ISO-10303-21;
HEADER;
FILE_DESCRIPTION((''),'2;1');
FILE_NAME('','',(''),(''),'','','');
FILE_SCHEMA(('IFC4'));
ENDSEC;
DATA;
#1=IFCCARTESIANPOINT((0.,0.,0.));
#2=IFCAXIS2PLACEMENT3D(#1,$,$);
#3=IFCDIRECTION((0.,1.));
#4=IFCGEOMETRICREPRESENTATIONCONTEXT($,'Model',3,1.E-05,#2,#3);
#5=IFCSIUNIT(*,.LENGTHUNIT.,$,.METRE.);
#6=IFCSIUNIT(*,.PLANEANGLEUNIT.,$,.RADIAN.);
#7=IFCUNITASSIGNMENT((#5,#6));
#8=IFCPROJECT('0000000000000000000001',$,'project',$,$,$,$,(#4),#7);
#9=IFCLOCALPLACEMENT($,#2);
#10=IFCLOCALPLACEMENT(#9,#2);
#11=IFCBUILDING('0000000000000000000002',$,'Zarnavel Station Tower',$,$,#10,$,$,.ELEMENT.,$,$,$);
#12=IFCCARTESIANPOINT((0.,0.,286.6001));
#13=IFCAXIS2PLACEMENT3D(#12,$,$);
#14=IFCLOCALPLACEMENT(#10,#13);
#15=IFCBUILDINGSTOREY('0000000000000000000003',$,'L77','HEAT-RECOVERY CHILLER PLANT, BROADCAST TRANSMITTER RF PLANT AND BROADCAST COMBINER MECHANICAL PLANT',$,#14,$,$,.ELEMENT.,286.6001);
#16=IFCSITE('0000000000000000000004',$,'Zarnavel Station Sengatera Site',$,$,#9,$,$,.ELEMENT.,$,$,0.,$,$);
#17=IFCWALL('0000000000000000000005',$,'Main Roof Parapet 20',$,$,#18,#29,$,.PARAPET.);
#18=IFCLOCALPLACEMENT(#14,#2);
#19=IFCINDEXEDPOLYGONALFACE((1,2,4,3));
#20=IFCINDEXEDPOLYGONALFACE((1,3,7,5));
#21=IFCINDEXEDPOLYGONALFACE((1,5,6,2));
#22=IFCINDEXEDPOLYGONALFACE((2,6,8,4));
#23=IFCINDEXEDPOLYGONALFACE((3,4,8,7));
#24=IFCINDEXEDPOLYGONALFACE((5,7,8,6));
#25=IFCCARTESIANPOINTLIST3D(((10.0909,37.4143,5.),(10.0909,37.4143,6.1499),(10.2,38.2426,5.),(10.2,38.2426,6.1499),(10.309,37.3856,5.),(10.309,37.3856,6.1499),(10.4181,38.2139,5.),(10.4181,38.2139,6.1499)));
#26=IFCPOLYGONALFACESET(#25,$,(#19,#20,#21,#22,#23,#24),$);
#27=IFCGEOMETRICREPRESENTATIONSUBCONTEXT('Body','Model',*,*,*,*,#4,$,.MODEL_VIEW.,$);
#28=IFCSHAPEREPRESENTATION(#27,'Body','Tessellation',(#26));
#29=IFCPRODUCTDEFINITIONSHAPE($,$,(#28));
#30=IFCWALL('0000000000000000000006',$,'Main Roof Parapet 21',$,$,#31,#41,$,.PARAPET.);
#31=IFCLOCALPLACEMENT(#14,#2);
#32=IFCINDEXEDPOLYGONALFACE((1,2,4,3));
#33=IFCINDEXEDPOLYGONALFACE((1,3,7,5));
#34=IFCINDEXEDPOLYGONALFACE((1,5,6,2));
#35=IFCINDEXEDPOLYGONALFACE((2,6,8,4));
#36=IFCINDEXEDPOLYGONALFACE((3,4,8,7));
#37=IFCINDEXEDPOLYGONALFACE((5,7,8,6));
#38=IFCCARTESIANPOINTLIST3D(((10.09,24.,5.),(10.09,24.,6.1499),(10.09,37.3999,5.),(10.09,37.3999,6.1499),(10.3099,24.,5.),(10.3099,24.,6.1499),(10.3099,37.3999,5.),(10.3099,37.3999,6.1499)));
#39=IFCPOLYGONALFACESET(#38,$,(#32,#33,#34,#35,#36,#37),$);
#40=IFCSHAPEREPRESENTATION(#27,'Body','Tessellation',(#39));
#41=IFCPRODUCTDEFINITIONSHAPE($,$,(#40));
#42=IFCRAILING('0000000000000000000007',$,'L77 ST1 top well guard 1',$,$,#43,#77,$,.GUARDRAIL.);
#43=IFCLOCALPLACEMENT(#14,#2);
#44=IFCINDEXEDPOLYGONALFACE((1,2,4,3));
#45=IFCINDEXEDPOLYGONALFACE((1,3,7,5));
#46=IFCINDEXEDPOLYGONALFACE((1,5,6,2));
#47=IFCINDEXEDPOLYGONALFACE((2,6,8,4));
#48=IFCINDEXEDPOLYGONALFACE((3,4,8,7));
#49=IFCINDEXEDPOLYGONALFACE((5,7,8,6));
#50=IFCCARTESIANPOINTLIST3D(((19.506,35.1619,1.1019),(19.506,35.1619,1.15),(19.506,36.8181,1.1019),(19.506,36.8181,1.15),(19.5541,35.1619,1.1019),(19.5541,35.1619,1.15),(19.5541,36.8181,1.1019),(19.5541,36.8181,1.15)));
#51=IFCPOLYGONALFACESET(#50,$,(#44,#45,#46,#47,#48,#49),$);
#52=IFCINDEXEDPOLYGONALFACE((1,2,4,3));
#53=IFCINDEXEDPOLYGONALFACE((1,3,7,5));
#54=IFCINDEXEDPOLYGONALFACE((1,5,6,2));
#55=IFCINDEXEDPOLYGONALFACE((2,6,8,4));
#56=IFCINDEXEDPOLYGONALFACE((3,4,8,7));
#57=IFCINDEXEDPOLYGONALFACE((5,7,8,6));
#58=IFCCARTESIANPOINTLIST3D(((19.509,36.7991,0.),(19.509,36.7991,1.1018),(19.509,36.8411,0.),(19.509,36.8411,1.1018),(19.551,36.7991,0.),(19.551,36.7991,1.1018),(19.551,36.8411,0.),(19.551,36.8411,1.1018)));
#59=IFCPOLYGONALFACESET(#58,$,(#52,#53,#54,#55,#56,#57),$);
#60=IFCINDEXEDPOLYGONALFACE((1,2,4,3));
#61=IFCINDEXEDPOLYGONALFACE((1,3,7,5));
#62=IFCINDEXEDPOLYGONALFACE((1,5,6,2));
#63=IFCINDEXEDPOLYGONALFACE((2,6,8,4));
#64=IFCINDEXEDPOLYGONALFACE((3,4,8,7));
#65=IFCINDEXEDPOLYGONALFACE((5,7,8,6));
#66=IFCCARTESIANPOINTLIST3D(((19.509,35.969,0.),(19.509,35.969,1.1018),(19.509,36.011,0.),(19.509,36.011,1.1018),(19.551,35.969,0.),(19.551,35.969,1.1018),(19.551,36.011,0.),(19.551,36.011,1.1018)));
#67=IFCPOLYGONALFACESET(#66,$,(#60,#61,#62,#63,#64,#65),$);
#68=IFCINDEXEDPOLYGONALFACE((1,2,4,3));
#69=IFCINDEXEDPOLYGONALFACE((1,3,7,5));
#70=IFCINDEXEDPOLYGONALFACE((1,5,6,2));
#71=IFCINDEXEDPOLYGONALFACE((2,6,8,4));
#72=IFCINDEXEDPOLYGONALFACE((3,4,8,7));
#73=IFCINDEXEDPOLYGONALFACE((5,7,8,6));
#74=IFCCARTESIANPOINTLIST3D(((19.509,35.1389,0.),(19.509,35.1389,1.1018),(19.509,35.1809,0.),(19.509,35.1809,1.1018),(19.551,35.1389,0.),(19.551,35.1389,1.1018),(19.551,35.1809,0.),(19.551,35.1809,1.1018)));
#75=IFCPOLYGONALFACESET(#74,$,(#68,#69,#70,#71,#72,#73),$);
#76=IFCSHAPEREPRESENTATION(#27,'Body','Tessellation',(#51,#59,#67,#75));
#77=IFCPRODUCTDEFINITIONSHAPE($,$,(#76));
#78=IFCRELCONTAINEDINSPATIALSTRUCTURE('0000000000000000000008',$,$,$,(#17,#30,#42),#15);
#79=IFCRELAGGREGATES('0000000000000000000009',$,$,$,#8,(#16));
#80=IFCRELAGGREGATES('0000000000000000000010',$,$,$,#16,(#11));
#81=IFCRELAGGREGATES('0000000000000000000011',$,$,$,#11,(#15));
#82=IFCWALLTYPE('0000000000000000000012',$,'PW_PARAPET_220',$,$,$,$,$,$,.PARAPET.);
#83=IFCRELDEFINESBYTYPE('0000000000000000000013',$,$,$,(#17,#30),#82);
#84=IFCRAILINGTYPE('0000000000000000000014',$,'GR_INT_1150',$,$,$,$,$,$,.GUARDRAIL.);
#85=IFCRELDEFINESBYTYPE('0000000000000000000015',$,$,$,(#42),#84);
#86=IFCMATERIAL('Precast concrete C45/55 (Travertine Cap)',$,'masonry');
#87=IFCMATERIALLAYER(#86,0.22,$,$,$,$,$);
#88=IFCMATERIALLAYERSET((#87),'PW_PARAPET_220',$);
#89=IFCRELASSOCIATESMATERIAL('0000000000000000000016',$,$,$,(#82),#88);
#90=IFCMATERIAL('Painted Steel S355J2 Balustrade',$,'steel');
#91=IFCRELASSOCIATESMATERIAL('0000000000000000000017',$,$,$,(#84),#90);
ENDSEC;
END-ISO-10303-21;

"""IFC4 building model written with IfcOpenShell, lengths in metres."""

from ifc_helpers import new_model, si_unit, direction, frame, frame_2d, origin, origin_2d, place, context, subcontext, project, spatial, rectangle, extrude, material, layer, layer_set, type_object, element, save


model = new_model("IFC4")

# Units and contexts
model_context = context("Model", 3, precision=1e-05, world=origin(), true_north=direction((0.0, 1.0)))
body_context = subcontext(model_context, "Body", "Model", "MODEL_VIEW")
ifc_project = project(units=[si_unit("LENGTHUNIT", "METRE"), si_unit("PLANEANGLEUNIT", "RADIAN")], contexts=[model_context])

# Site, building, storey
site_placement = place(None, origin())
site = spatial("IfcSite", under=ifc_project, at=site_placement, Name="Zarnavel Station Sengatera Site", CompositionType="ELEMENT", RefElevation=0.0)
building_placement = place(site_placement, origin())
building = spatial("IfcBuilding", under=site, at=building_placement, Name="Zarnavel Station Tower", CompositionType="ELEMENT")
storey_placement = place(building_placement, frame((0.0, 0.0, 286.6001)))
storey = spatial("IfcBuildingStorey", under=building, at=storey_placement, Name="L77", Description="HEAT-RECOVERY CHILLER PLANT, BROADCAST TRANSMITTER RF PLANT AND BROADCAST COMBINER MECHANICAL PLANT", CompositionType="ELEMENT", Elevation=286.6001)

# Walls
ifc_material_1 = material(Name="Precast concrete C45/55 (Travertine Cap)", Category="masonry")
ifc_layer_1 = layer(ifc_material_1, 0.22)
ifc_layer_set_1 = layer_set([ifc_layer_1], Name="PW_PARAPET_220")
wall_type_1 = type_object("IfcWallType", Name="PW_PARAPET_220", PredefinedType="PARAPET", material=ifc_layer_set_1)
wall_1_placement = place(storey_placement, frame((10.3091, 38.2283, 5.0), z_axis=(0.0, 0.0, 1.0), x_axis=(-0.130613, -0.991433, 0.0)))
element("IfcWall", 1, at=wall_1_placement, inside=storey, type_object=wall_type_1, Name="Main Roof Parapet 20", PredefinedType="PARAPET", context=body_context, shape_type="SweptSolid", body=[
    extrude(rectangle(XDim=0.8354, YDim=0.22, at=frame_2d((0.4177, 0.0))), origin(), (0.0, 0.0, 1.0), 1.1499),
])
wall_2_placement = place(storey_placement, frame((10.2, 37.3999, 5.0), z_axis=(0.0, 0.0, 1.0), x_axis=(0.0, -1.0, 0.0)))
element("IfcWall", 2, at=wall_2_placement, inside=storey, type_object=wall_type_1, Name="Main Roof Parapet 21", PredefinedType="PARAPET", context=body_context, shape_type="SweptSolid", body=[
    extrude(rectangle(XDim=13.3999, YDim=0.22, at=frame_2d((6.7, 0.0))), origin(), (0.0, 0.0, 1.0), 1.1499),
])

# Railing
ifc_material_2 = material(Name="Painted Steel S355J2 Balustrade", Category="steel")
railing_type = type_object("IfcRailingType", Name="GR_INT_1150", PredefinedType="GUARDRAIL", material=ifc_material_2)
railing_placement = place(storey_placement, frame((19.53, 36.8201, 0.0)))
element("IfcRailing", 3, at=railing_placement, inside=storey, type_object=railing_type, Name="L77 ST1 top well guard 1", PredefinedType="GUARDRAIL", context=body_context, shape_type="SweptSolid", body=[
    extrude(rectangle(XDim=0.0481, YDim=0.0481, at=origin_2d()), frame((0.0, -0.002, 1.126), z_axis=(0.0, -1.0, 0.0), x_axis=(1.0, 0.0, 0.0)), (0.0, 0.0, 1.0), 1.6562),
    extrude(rectangle(XDim=0.042, YDim=0.042, at=origin_2d()), origin(), (0.0, 0.0, 1.0), 1.1018),
    extrude(rectangle(XDim=0.042, YDim=0.042, at=origin_2d()), frame((0.0, -0.8301, 0.0)), (0.0, 0.0, 1.0), 1.1018),
    extrude(rectangle(XDim=0.042, YDim=0.042, at=origin_2d()), frame((0.0, -1.6602, 0.0)), (0.0, 0.0, 1.0), 1.1018),
])

save(model, "model.ifc")
